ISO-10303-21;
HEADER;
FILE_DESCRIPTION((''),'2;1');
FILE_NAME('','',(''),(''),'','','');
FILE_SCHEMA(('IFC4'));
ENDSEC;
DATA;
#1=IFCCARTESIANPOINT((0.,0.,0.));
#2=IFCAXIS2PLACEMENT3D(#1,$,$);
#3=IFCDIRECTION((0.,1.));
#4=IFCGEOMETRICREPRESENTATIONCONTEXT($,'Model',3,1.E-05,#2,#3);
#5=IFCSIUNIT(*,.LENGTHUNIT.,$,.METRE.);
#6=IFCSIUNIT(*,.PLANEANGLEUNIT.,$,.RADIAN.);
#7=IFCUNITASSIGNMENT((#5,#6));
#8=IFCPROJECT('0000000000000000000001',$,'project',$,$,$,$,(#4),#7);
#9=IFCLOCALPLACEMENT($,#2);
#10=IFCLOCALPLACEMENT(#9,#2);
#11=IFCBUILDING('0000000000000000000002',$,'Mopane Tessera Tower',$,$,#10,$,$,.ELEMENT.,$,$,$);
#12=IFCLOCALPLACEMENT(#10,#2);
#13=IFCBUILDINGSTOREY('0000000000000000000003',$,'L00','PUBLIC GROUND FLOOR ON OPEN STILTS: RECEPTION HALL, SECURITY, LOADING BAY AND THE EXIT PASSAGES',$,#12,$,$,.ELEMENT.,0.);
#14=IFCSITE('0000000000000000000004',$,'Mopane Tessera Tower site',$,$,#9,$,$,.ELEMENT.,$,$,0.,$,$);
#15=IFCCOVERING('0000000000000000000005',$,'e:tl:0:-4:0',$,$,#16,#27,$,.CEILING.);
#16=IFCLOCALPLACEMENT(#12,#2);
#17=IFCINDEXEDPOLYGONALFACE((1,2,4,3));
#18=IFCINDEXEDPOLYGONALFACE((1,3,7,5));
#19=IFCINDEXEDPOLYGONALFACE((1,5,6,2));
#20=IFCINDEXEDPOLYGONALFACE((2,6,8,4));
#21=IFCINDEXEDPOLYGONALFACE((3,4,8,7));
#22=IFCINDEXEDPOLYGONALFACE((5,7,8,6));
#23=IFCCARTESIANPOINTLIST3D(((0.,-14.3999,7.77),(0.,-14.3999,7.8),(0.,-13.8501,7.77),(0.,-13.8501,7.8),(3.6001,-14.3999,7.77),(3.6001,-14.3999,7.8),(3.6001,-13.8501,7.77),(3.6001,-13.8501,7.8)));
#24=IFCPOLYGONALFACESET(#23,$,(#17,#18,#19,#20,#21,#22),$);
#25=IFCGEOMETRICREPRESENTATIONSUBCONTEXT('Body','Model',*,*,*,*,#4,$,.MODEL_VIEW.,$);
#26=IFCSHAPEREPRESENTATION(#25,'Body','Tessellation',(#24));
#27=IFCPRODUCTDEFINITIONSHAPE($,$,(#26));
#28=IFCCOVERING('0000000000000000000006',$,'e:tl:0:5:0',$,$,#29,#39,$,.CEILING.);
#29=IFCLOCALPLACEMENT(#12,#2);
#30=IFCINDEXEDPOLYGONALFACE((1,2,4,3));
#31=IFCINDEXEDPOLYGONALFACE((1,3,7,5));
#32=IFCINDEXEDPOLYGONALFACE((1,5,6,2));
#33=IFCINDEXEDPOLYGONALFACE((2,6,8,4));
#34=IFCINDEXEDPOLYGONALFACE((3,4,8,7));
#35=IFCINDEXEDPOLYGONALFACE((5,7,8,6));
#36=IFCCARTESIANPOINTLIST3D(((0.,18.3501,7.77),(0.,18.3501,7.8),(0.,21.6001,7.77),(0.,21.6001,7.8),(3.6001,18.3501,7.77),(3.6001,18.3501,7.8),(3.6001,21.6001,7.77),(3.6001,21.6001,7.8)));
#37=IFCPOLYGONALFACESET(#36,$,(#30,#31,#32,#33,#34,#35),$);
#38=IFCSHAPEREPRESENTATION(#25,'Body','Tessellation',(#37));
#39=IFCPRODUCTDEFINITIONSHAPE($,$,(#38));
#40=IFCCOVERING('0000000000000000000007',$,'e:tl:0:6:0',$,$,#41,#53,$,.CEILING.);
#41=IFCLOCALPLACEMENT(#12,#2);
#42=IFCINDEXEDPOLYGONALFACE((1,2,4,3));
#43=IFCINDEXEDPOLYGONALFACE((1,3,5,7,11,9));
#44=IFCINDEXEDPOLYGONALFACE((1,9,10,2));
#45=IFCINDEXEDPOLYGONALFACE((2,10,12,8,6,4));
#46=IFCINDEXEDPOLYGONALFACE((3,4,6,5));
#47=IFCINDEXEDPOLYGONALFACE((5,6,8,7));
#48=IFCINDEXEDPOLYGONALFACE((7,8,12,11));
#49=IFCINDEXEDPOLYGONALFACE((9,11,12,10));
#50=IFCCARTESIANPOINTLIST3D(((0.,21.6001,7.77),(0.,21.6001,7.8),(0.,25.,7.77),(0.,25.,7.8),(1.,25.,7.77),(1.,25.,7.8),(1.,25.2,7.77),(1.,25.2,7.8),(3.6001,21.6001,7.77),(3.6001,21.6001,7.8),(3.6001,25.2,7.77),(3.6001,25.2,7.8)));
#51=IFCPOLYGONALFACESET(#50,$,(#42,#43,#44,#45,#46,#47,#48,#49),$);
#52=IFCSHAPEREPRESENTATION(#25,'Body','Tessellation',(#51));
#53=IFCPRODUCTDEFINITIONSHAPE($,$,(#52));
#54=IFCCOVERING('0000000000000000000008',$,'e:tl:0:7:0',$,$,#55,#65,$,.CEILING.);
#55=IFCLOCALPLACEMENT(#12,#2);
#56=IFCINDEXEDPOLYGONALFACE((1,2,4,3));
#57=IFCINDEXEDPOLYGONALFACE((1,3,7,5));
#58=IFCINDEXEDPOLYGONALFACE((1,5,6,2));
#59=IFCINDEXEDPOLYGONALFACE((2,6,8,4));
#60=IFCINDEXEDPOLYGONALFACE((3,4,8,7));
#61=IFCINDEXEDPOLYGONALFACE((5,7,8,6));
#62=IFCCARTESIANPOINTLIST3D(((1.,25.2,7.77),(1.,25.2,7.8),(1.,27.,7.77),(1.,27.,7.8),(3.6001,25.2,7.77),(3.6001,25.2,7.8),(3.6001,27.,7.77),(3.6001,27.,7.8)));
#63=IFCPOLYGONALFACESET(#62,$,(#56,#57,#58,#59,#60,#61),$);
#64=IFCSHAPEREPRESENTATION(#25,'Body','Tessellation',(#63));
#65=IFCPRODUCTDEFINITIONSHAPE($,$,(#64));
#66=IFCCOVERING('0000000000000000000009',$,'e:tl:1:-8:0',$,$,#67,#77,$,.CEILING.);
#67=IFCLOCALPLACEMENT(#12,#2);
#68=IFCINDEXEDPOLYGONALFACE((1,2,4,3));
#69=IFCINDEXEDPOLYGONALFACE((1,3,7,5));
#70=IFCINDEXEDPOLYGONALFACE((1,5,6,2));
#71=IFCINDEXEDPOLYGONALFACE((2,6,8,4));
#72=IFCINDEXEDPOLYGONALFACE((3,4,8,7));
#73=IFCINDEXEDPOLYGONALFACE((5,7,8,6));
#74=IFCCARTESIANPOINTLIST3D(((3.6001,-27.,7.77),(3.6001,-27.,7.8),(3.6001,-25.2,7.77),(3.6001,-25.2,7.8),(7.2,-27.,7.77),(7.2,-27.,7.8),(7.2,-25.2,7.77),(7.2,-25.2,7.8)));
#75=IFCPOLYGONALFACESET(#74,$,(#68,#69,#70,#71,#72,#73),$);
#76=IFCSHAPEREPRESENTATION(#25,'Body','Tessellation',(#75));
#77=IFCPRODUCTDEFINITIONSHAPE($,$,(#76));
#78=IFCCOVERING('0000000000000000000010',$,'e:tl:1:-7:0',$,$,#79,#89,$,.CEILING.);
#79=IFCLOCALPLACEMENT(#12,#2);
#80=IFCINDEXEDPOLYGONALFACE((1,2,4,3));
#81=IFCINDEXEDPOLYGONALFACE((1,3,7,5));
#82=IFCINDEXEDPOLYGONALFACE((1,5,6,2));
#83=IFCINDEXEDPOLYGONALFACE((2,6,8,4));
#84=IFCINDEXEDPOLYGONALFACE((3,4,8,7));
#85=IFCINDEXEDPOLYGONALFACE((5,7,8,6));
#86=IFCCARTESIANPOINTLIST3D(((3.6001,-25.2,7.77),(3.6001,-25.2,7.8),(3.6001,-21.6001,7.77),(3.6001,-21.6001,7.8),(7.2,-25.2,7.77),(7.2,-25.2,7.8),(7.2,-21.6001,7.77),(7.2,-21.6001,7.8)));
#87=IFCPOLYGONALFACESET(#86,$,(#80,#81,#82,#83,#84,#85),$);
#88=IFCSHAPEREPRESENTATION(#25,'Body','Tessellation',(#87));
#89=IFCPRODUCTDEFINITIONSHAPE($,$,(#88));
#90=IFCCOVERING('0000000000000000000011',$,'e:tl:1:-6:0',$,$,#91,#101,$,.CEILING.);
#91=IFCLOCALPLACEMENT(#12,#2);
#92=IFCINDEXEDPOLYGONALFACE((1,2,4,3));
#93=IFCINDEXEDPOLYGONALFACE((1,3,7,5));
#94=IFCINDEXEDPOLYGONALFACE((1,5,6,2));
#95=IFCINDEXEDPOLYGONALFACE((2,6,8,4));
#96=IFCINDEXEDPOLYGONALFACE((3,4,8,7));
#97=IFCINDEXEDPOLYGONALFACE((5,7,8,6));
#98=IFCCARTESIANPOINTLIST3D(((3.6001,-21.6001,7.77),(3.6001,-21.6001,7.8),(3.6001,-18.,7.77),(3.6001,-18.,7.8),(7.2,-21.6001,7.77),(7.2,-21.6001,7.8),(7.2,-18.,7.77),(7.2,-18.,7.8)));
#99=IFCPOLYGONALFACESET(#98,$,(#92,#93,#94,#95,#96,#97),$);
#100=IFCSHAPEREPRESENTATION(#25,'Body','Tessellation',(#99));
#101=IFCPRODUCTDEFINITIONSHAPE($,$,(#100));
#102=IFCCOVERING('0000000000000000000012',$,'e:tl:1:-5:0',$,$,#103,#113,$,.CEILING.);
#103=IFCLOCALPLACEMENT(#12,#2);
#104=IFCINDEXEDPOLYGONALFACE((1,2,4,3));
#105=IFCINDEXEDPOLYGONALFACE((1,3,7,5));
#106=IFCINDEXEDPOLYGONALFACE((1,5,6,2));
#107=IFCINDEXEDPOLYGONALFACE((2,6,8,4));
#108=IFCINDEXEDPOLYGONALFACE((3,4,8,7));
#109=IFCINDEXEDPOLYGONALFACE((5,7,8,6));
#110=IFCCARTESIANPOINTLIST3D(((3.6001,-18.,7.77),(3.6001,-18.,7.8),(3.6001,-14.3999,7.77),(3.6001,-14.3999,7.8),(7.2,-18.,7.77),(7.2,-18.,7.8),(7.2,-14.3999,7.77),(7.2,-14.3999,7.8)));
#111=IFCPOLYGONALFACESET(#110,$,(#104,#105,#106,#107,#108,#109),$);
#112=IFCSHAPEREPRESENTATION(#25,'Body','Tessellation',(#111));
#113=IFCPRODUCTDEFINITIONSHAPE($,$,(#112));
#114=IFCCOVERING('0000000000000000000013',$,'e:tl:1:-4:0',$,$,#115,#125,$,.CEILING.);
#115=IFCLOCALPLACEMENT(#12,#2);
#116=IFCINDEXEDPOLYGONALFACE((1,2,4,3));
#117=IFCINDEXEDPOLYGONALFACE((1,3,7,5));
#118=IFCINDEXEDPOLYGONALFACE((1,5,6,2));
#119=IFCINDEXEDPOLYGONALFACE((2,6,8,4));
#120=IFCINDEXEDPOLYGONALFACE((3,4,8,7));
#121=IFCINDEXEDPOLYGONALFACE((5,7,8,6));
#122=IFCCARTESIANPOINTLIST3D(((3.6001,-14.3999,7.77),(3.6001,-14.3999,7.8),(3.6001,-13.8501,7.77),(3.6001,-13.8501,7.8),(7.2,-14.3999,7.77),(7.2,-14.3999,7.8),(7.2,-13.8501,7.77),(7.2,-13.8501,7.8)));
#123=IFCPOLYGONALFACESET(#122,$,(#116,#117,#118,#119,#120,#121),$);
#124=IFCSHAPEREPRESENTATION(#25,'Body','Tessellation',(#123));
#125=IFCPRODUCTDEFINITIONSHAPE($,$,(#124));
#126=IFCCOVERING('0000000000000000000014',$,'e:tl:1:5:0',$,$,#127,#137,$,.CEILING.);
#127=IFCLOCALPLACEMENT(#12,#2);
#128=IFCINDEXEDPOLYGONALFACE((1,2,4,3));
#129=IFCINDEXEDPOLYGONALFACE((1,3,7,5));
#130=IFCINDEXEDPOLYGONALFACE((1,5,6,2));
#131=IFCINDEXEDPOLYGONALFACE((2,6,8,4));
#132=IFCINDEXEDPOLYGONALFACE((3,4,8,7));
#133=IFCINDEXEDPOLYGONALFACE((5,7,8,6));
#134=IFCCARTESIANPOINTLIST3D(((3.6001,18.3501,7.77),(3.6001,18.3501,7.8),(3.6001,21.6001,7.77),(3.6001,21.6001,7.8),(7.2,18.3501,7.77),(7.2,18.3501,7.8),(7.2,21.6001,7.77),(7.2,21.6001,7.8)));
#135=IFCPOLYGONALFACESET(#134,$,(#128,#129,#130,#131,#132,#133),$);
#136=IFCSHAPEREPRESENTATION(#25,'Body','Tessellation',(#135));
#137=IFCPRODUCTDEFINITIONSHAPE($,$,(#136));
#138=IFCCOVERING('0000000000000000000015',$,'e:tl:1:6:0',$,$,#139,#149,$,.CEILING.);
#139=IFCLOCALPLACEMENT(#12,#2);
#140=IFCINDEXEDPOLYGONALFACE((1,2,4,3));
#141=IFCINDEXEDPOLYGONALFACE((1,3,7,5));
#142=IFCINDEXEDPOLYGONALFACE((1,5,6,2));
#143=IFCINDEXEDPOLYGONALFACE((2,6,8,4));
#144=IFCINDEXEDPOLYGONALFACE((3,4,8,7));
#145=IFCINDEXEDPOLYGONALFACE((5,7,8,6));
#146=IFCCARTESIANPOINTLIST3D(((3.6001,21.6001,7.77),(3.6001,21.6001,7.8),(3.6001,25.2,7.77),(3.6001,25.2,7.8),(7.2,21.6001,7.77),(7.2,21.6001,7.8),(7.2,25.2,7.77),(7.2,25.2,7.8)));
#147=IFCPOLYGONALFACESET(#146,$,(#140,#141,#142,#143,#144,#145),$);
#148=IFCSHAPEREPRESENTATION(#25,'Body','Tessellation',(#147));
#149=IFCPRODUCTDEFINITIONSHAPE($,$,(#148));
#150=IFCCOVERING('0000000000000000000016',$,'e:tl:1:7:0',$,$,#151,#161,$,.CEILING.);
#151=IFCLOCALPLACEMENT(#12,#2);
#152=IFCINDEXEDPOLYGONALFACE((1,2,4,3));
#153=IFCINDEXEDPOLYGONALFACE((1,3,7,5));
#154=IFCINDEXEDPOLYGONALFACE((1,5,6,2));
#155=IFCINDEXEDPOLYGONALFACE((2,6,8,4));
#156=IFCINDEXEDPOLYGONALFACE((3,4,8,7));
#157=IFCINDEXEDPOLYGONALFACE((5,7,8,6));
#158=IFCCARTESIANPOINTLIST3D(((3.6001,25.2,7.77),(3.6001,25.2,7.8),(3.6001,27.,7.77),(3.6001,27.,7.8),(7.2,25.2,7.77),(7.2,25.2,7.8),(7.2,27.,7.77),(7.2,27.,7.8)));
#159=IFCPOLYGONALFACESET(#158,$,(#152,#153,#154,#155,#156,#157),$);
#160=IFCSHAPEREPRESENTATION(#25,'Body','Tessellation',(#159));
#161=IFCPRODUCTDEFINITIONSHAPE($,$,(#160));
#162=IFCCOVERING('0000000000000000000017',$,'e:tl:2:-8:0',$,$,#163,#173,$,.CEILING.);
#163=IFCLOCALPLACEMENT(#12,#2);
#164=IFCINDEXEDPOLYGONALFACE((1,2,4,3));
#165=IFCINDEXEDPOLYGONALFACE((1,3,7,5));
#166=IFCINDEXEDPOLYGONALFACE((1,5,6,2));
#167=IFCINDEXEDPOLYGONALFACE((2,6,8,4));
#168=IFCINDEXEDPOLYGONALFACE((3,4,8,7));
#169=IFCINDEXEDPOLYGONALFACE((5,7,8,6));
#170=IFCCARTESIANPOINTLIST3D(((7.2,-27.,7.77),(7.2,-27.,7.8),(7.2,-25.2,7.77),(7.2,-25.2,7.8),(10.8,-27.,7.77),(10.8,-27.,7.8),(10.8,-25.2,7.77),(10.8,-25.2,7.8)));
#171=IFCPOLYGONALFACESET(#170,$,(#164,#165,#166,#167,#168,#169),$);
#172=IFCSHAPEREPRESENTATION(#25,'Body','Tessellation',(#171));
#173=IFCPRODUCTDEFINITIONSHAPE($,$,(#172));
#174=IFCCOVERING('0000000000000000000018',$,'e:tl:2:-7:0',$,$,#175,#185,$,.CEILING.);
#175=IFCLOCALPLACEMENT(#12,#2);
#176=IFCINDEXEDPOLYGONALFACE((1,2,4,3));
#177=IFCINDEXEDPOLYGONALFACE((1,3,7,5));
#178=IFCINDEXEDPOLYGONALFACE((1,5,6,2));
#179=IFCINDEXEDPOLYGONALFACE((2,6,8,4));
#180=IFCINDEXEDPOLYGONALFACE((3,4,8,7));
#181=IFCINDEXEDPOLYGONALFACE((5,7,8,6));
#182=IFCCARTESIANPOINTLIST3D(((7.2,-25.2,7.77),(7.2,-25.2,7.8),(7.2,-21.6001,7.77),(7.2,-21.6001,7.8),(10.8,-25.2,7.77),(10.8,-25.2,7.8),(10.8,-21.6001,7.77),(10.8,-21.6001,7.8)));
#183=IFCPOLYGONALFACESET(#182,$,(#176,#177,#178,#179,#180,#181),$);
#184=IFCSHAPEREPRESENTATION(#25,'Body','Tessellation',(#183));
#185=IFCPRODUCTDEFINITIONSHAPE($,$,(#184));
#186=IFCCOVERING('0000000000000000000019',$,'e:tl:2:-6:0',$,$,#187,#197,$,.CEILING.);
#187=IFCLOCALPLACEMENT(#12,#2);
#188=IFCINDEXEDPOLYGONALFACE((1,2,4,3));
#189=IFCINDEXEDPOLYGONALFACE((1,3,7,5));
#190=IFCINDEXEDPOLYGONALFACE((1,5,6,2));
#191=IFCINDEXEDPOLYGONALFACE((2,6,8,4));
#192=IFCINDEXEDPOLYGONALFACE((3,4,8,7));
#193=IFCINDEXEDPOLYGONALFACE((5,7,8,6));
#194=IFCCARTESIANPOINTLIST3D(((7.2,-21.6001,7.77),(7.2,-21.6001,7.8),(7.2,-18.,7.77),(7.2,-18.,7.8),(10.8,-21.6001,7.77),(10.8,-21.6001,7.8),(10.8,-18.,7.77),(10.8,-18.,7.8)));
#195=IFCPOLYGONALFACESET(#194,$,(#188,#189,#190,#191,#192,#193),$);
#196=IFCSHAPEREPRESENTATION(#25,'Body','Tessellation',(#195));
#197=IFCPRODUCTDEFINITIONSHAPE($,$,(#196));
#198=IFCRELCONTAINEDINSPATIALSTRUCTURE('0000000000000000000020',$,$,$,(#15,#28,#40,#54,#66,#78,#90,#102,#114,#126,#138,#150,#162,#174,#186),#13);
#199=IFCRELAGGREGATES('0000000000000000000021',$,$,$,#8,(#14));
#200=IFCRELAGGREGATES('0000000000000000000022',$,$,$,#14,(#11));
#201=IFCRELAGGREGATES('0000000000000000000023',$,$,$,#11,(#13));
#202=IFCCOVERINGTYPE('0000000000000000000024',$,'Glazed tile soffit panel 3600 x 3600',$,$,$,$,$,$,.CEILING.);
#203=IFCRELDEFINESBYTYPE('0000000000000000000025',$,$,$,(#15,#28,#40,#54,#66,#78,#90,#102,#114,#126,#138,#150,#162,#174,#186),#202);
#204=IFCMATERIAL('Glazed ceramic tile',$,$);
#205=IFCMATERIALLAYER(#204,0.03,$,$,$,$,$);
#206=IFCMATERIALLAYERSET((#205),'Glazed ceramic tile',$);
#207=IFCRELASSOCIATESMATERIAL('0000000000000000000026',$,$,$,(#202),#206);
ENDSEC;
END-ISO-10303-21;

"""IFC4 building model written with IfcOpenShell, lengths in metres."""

from ifc_helpers import new_model, si_unit, direction, frame, origin, place, context, subcontext, project, spatial, polyline, outline, extrude, material, layer, layer_set, type_object, element, save


model = new_model("IFC4")

# Units and contexts
model_context = context("Model", 3, precision=1e-05, world=origin(), true_north=direction((0.0, 1.0)))
body_context = subcontext(model_context, "Body", "Model", "MODEL_VIEW")
ifc_project = project(units=[si_unit("LENGTHUNIT", "METRE"), si_unit("PLANEANGLEUNIT", "RADIAN")], contexts=[model_context])

# Site, building, storey
site_placement = place(None, origin())
site = spatial("IfcSite", under=ifc_project, at=site_placement, Name="Mopane Tessera Tower site", CompositionType="ELEMENT", RefElevation=0.0)
building_placement = place(site_placement, origin())
building = spatial("IfcBuilding", under=site, at=building_placement, Name="Mopane Tessera Tower", CompositionType="ELEMENT")
storey_placement = place(building_placement, origin())
storey = spatial("IfcBuildingStorey", under=building, at=storey_placement, Name="L00", Description="PUBLIC GROUND FLOOR ON OPEN STILTS: RECEPTION HALL, SECURITY, LOADING BAY AND THE EXIT PASSAGES", CompositionType="ELEMENT", Elevation=0.0)

# Coverings
ifc_material = material(Name="Glazed ceramic tile")
ifc_layer = layer(ifc_material, 0.03)
ifc_layer_set = layer_set([ifc_layer], Name="Glazed ceramic tile")
covering_type = type_object("IfcCoveringType", Name="Glazed tile soffit panel 3600 x 3600", PredefinedType="CEILING", material=ifc_layer_set)
covering_1_placement = place(storey_placement, frame((0.0, 0.0, 7.77)))
element("IfcCovering", 1, at=covering_1_placement, inside=storey, type_object=covering_type, Name="e:tl:0:-4:0", PredefinedType="CEILING", context=body_context, shape_type="SweptSolid", body=[
    extrude(outline(polyline([(3.6001, -13.8501), (3.6001, -14.3999), (0.0, -14.3999), (0.0, -13.8501), (3.6001, -13.8501)])), origin(), (0.0, 0.0, 1.0), 0.03),
])
covering_2_placement = place(storey_placement, frame((0.0, 0.0, 7.77)))
element("IfcCovering", 2, at=covering_2_placement, inside=storey, type_object=covering_type, Name="e:tl:0:5:0", PredefinedType="CEILING", context=body_context, shape_type="SweptSolid", body=[
    extrude(outline(polyline([(0.0, 18.3501), (0.0, 21.6001), (3.6001, 21.6001), (3.6001, 18.3501), (0.0, 18.3501)])), origin(), (0.0, 0.0, 1.0), 0.03),
])
covering_3_placement = place(storey_placement, frame((0.0, 0.0, 7.77)))
element("IfcCovering", 3, at=covering_3_placement, inside=storey, type_object=covering_type, Name="e:tl:0:6:0", PredefinedType="CEILING", context=body_context, shape_type="SweptSolid", body=[
    extrude(outline(polyline([(1.0, 25.0), (1.0, 25.2), (3.6001, 25.2), (3.6001, 21.6001), (0.0, 21.6001), (0.0, 25.0), (1.0, 25.0)])), origin(), (0.0, 0.0, 1.0), 0.03),
])
covering_4_placement = place(storey_placement, frame((0.0, 0.0, 7.77)))
element("IfcCovering", 4, at=covering_4_placement, inside=storey, type_object=covering_type, Name="e:tl:0:7:0", PredefinedType="CEILING", context=body_context, shape_type="SweptSolid", body=[
    extrude(outline(polyline([(1.0, 27.0), (3.6001, 27.0), (3.6001, 25.2), (1.0, 25.2), (1.0, 27.0)])), origin(), (0.0, 0.0, 1.0), 0.03),
])
covering_5_placement = place(storey_placement, frame((0.0, 0.0, 7.77)))
element("IfcCovering", 5, at=covering_5_placement, inside=storey, type_object=covering_type, Name="e:tl:1:-8:0", PredefinedType="CEILING", context=body_context, shape_type="SweptSolid", body=[
    extrude(outline(polyline([(3.6001, -27.0), (3.6001, -25.2), (7.2, -25.2), (7.2, -27.0), (3.6001, -27.0)])), origin(), (0.0, 0.0, 1.0), 0.03),
])
covering_6_placement = place(storey_placement, frame((0.0, 0.0, 7.77)))
element("IfcCovering", 6, at=covering_6_placement, inside=storey, type_object=covering_type, Name="e:tl:1:-7:0", PredefinedType="CEILING", context=body_context, shape_type="SweptSolid", body=[
    extrude(outline(polyline([(3.6001, -25.2), (3.6001, -21.6001), (7.2, -21.6001), (7.2, -25.2), (3.6001, -25.2)])), origin(), (0.0, 0.0, 1.0), 0.03),
])
covering_7_placement = place(storey_placement, frame((0.0, 0.0, 7.77)))
element("IfcCovering", 7, at=covering_7_placement, inside=storey, type_object=covering_type, Name="e:tl:1:-6:0", PredefinedType="CEILING", context=body_context, shape_type="SweptSolid", body=[
    extrude(outline(polyline([(3.6001, -21.6001), (3.6001, -18.0), (7.2, -18.0), (7.2, -21.6001), (3.6001, -21.6001)])), origin(), (0.0, 0.0, 1.0), 0.03),
])
covering_8_placement = place(storey_placement, frame((0.0, 0.0, 7.77)))
element("IfcCovering", 8, at=covering_8_placement, inside=storey, type_object=covering_type, Name="e:tl:1:-5:0", PredefinedType="CEILING", context=body_context, shape_type="SweptSolid", body=[
    extrude(outline(polyline([(3.6001, -18.0), (3.6001, -14.3999), (7.2, -14.3999), (7.2, -18.0), (3.6001, -18.0)])), origin(), (0.0, 0.0, 1.0), 0.03),
])
covering_9_placement = place(storey_placement, frame((0.0, 0.0, 7.77)))
element("IfcCovering", 9, at=covering_9_placement, inside=storey, type_object=covering_type, Name="e:tl:1:-4:0", PredefinedType="CEILING", context=body_context, shape_type="SweptSolid", body=[
    extrude(outline(polyline([(7.2, -13.8501), (7.2, -14.3999), (3.6001, -14.3999), (3.6001, -13.8501), (7.2, -13.8501)])), origin(), (0.0, 0.0, 1.0), 0.03),
])
covering_10_placement = place(storey_placement, frame((0.0, 0.0, 7.77)))
element("IfcCovering", 10, at=covering_10_placement, inside=storey, type_object=covering_type, Name="e:tl:1:5:0", PredefinedType="CEILING", context=body_context, shape_type="SweptSolid", body=[
    extrude(outline(polyline([(3.6001, 18.3501), (3.6001, 21.6001), (7.2, 21.6001), (7.2, 18.3501), (3.6001, 18.3501)])), origin(), (0.0, 0.0, 1.0), 0.03),
])
covering_11_placement = place(storey_placement, frame((0.0, 0.0, 7.77)))
element("IfcCovering", 11, at=covering_11_placement, inside=storey, type_object=covering_type, Name="e:tl:1:6:0", PredefinedType="CEILING", context=body_context, shape_type="SweptSolid", body=[
    extrude(outline(polyline([(3.6001, 21.6001), (3.6001, 25.2), (7.2, 25.2), (7.2, 21.6001), (3.6001, 21.6001)])), origin(), (0.0, 0.0, 1.0), 0.03),
])
covering_12_placement = place(storey_placement, frame((0.0, 0.0, 7.77)))
element("IfcCovering", 12, at=covering_12_placement, inside=storey, type_object=covering_type, Name="e:tl:1:7:0", PredefinedType="CEILING", context=body_context, shape_type="SweptSolid", body=[
    extrude(outline(polyline([(7.2, 27.0), (7.2, 25.2), (3.6001, 25.2), (3.6001, 27.0), (7.2, 27.0)])), origin(), (0.0, 0.0, 1.0), 0.03),
])
covering_13_placement = place(storey_placement, frame((0.0, 0.0, 7.77)))
element("IfcCovering", 13, at=covering_13_placement, inside=storey, type_object=covering_type, Name="e:tl:2:-8:0", PredefinedType="CEILING", context=body_context, shape_type="SweptSolid", body=[
    extrude(outline(polyline([(7.2, -27.0), (7.2, -25.2), (10.8, -25.2), (10.8, -27.0), (7.2, -27.0)])), origin(), (0.0, 0.0, 1.0), 0.03),
])
covering_14_placement = place(storey_placement, frame((0.0, 0.0, 7.77)))
element("IfcCovering", 14, at=covering_14_placement, inside=storey, type_object=covering_type, Name="e:tl:2:-7:0", PredefinedType="CEILING", context=body_context, shape_type="SweptSolid", body=[
    extrude(outline(polyline([(7.2, -25.2), (7.2, -21.6001), (10.8, -21.6001), (10.8, -25.2), (7.2, -25.2)])), origin(), (0.0, 0.0, 1.0), 0.03),
])
covering_15_placement = place(storey_placement, frame((0.0, 0.0, 7.77)))
element("IfcCovering", 15, at=covering_15_placement, inside=storey, type_object=covering_type, Name="e:tl:2:-6:0", PredefinedType="CEILING", context=body_context, shape_type="SweptSolid", body=[
    extrude(outline(polyline([(7.2, -21.6001), (7.2, -18.0), (10.8, -18.0), (10.8, -21.6001), (7.2, -21.6001)])), origin(), (0.0, 0.0, 1.0), 0.03),
])

save(model, "model.ifc")
